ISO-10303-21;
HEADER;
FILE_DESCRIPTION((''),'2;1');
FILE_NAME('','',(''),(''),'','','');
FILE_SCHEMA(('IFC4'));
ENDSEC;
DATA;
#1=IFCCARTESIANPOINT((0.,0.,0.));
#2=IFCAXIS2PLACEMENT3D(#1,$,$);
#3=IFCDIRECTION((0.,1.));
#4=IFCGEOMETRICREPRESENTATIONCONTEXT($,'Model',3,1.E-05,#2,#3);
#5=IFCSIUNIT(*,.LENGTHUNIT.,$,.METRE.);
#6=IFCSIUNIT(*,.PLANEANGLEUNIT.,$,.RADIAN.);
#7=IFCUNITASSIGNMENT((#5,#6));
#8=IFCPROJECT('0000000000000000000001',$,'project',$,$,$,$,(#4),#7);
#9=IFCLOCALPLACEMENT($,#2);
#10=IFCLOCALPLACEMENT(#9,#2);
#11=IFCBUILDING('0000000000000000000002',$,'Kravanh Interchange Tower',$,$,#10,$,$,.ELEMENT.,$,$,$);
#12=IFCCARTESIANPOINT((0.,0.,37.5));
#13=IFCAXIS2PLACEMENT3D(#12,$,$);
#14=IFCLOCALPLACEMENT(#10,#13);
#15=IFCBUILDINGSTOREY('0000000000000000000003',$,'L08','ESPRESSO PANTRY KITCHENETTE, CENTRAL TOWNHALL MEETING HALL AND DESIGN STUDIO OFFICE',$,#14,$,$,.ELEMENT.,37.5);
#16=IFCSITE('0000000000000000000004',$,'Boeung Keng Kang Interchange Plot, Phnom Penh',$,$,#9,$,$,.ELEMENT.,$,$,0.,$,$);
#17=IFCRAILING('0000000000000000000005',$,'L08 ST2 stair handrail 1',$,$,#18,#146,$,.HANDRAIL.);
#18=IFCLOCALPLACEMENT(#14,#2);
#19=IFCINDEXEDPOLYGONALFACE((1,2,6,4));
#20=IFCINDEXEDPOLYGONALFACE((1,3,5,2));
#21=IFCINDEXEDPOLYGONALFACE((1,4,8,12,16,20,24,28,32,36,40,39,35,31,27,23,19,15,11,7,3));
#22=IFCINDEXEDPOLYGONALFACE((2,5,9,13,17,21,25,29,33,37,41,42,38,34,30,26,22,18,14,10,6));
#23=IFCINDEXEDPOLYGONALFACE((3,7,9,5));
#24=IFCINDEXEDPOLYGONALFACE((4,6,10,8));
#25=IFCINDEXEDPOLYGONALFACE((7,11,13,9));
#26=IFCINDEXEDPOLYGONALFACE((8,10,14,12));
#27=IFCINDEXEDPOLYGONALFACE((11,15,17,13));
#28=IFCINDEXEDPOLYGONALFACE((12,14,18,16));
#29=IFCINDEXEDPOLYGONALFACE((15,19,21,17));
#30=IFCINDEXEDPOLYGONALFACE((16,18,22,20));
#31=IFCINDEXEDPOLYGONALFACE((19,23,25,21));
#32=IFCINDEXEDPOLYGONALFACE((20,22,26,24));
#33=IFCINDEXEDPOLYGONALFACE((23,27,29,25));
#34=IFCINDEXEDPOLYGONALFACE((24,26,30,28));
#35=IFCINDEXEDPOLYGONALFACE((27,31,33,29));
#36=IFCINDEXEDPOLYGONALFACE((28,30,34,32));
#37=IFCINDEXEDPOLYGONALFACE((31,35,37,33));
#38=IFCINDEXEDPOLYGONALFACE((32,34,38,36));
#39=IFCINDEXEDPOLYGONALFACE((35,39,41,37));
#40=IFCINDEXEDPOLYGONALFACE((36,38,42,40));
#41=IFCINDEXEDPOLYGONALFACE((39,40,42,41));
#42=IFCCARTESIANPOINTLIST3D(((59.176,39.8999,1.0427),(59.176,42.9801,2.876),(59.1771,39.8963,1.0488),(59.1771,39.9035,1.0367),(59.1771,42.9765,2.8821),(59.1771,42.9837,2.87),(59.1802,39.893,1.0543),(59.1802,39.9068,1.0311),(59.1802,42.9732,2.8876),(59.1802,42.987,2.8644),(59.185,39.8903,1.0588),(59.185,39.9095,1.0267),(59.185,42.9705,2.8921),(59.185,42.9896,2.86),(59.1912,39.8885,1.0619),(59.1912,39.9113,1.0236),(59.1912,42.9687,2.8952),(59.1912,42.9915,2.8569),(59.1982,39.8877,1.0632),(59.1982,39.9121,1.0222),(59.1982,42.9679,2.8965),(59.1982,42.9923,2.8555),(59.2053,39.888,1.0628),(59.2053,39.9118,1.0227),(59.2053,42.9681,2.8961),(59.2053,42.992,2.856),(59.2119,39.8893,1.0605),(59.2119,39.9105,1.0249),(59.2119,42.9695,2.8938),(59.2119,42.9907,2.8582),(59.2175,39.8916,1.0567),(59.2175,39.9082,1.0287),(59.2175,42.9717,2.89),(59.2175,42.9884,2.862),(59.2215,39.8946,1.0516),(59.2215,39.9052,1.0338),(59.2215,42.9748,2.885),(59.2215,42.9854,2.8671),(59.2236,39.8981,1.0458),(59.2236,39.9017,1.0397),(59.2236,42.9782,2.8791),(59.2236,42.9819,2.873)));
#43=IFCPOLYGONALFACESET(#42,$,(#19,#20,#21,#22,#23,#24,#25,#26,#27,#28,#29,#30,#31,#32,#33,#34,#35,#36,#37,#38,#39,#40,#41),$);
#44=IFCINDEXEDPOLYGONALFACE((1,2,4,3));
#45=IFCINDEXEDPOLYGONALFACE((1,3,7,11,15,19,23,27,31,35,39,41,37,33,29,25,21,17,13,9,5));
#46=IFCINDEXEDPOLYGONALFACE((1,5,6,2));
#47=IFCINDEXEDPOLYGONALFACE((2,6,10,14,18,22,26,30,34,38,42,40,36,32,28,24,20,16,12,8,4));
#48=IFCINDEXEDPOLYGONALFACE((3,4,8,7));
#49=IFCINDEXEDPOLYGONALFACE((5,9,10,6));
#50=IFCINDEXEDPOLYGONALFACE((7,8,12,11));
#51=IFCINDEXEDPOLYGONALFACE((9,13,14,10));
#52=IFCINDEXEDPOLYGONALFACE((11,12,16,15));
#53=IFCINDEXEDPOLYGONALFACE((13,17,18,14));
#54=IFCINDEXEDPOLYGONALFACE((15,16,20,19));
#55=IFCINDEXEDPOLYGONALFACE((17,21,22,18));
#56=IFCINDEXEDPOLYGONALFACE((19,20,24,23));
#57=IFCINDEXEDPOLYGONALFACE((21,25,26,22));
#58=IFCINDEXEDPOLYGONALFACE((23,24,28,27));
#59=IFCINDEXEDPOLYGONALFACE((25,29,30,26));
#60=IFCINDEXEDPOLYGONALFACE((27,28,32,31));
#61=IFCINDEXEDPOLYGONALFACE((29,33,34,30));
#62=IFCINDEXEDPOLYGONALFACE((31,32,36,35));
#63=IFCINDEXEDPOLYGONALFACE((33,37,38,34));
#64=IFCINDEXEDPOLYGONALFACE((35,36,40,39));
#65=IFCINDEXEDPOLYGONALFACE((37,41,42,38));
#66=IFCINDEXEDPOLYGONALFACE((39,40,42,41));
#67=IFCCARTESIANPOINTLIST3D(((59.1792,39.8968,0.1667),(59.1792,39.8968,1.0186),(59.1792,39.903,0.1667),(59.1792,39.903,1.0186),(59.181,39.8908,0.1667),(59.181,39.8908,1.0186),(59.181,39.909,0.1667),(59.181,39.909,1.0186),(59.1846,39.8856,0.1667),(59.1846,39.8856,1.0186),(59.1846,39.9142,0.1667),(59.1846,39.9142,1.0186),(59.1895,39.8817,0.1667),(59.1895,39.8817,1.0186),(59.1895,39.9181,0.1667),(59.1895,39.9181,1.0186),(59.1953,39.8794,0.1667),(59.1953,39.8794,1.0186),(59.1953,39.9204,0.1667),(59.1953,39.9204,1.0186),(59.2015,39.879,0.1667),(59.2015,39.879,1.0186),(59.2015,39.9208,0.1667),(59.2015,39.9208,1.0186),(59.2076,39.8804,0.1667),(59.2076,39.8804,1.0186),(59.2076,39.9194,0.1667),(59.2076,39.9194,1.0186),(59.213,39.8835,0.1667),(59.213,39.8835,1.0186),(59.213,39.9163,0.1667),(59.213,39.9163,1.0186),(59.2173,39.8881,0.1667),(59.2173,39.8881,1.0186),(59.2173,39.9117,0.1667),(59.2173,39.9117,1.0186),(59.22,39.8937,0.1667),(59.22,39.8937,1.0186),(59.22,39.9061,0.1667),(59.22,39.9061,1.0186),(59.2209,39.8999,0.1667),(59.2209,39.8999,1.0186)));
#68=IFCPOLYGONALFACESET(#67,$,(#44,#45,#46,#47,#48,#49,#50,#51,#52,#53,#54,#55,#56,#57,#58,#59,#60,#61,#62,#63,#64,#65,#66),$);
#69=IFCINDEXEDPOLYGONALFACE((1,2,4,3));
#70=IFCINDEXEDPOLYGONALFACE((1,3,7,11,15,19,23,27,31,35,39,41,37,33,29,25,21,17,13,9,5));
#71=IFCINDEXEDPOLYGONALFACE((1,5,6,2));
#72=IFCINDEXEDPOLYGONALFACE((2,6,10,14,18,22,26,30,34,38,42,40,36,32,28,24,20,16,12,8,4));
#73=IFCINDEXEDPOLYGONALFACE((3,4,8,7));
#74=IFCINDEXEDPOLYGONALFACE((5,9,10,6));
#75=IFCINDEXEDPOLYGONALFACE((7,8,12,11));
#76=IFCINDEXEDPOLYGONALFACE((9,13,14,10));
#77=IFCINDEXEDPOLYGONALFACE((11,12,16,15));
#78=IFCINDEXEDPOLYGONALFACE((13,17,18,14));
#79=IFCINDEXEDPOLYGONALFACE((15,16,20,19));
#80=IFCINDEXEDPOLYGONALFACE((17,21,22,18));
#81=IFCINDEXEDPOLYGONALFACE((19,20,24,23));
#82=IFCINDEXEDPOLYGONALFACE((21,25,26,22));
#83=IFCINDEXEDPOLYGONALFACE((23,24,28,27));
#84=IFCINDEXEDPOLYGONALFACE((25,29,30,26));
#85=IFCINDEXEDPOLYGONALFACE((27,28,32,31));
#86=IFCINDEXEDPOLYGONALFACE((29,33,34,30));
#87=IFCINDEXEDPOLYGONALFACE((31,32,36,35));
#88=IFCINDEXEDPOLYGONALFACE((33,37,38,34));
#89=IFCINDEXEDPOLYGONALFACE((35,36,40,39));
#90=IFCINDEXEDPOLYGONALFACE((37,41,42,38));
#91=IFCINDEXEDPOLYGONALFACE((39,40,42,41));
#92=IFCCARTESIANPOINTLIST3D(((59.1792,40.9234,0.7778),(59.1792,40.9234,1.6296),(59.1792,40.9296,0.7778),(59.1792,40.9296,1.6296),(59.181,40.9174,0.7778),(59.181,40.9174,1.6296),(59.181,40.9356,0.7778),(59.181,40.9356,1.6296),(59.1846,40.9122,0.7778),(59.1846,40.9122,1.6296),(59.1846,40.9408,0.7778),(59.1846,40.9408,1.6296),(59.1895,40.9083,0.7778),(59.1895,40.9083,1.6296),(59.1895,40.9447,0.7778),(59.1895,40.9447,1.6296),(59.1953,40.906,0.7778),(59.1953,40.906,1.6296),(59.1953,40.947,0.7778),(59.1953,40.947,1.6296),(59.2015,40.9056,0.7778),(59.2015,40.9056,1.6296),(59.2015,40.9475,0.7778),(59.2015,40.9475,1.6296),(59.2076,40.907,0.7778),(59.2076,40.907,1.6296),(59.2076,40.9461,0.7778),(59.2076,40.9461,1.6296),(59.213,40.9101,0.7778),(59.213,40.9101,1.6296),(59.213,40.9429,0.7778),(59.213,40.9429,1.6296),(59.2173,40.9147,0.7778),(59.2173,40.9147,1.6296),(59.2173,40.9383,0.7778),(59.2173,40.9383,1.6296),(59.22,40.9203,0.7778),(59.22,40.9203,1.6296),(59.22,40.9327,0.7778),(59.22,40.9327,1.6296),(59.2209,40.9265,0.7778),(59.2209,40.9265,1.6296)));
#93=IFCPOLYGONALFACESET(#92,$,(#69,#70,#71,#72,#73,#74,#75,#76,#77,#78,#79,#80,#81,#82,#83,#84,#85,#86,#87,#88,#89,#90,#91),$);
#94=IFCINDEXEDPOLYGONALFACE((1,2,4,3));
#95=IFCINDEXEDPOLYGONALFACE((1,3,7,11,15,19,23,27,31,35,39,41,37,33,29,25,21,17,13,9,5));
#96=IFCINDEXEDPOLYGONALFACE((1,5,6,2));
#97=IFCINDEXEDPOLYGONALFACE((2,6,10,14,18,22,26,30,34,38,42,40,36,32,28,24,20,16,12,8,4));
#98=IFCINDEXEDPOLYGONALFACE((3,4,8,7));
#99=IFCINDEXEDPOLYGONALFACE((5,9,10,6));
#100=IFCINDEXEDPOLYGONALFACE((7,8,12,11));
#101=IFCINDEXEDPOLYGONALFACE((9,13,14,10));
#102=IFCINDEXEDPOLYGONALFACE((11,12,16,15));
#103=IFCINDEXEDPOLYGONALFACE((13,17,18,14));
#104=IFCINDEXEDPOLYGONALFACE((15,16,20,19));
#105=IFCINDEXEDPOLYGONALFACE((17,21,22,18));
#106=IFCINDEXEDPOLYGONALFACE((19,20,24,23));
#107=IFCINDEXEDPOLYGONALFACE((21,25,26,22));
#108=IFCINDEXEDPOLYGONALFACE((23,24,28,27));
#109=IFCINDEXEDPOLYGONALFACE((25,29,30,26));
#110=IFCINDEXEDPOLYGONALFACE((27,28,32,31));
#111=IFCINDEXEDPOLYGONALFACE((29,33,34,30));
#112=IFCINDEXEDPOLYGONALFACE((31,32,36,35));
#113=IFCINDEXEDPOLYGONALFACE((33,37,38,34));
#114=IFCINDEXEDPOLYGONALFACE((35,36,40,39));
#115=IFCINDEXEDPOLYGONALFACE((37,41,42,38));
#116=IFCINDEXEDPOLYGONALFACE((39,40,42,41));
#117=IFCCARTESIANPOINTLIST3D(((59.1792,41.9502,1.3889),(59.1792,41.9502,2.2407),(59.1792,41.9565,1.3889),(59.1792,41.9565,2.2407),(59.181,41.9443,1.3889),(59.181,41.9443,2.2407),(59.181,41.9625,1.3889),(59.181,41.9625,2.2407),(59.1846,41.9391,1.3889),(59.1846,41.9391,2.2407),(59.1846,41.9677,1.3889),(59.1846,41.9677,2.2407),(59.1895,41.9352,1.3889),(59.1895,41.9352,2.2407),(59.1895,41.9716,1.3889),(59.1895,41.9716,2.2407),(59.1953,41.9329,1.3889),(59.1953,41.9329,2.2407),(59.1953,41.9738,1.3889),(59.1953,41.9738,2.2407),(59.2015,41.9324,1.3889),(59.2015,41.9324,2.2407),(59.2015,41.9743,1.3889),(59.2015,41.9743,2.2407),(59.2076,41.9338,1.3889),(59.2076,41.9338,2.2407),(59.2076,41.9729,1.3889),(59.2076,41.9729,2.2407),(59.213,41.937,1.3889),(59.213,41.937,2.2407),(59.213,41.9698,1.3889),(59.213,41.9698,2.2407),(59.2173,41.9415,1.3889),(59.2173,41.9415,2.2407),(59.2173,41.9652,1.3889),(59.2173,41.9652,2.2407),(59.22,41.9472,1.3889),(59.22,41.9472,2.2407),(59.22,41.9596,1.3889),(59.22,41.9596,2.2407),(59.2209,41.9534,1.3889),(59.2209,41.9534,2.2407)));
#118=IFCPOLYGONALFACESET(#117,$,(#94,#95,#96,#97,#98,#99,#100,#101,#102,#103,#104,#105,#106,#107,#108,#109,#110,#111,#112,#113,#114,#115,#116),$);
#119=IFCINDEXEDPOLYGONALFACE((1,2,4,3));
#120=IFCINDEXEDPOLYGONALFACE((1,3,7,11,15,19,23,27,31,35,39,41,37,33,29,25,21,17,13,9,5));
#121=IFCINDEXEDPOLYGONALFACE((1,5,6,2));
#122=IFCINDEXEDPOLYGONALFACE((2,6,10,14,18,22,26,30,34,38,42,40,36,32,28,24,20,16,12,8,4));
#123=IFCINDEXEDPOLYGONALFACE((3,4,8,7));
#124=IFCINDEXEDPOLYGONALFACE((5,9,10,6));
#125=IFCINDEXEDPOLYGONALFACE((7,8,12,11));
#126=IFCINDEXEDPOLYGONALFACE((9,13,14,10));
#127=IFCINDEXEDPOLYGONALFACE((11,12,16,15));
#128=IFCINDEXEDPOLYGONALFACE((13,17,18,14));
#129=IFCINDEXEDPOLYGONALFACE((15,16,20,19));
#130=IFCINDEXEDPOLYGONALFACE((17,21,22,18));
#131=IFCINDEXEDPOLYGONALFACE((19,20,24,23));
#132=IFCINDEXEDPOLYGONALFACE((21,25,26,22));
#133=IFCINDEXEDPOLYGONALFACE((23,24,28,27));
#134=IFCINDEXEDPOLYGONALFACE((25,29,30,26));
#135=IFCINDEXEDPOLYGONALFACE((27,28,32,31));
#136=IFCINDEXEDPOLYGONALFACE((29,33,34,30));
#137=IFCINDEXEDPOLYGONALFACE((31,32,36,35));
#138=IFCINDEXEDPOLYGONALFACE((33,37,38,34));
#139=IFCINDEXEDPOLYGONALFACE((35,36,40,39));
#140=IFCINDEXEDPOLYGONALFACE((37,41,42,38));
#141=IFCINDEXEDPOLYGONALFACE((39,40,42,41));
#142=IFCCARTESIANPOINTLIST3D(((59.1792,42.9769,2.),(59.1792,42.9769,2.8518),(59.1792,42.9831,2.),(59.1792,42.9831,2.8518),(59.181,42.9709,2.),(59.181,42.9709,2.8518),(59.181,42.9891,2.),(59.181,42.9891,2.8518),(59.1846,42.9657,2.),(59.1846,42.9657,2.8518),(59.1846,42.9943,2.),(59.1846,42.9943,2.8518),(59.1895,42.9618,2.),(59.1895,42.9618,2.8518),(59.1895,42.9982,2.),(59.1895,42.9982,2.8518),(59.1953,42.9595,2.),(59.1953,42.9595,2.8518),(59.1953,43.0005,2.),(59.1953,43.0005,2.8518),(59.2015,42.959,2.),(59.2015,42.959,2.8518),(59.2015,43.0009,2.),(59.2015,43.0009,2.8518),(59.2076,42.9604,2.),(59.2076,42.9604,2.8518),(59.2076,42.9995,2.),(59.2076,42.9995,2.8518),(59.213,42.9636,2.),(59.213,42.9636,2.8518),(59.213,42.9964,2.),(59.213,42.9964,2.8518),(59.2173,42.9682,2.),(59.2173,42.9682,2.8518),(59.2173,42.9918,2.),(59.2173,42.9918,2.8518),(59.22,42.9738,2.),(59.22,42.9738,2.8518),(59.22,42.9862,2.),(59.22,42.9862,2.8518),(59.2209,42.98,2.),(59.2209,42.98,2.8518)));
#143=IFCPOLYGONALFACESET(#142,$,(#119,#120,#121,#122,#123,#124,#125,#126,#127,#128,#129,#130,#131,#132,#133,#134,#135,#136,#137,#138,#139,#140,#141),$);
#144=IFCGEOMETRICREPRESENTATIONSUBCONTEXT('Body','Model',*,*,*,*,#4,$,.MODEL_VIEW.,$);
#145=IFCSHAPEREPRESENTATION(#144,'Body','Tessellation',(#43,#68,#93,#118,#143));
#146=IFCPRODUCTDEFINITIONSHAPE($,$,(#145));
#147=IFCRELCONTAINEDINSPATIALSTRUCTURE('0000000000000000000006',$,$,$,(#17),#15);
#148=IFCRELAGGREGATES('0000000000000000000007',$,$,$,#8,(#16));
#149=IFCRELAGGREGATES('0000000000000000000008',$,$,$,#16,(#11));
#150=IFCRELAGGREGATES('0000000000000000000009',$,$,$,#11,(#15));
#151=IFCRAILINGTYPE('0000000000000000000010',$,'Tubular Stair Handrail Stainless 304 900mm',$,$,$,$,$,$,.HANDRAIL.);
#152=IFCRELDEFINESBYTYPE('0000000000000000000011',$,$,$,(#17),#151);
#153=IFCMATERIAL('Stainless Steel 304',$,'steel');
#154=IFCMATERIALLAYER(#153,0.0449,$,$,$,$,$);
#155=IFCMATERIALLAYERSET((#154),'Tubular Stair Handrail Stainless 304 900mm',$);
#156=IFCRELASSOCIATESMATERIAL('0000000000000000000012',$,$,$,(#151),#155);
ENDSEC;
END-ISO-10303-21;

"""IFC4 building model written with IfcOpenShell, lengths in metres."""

from ifc_helpers import new_model, si_unit, direction, frame, origin, origin_2d, place, context, subcontext, project, spatial, circle, extrude, material, layer, layer_set, type_object, element, save


model = new_model("IFC4")

# Units and contexts
model_context = context("Model", 3, precision=1e-05, world=origin(), true_north=direction((0.0, 1.0)))
body_context = subcontext(model_context, "Body", "Model", "MODEL_VIEW")
ifc_project = project(units=[si_unit("LENGTHUNIT", "METRE"), si_unit("PLANEANGLEUNIT", "RADIAN")], contexts=[model_context])

# Site, building, storey
site_placement = place(None, origin())
site = spatial("IfcSite", under=ifc_project, at=site_placement, Name="Boeung Keng Kang Interchange Plot, Phnom Penh", CompositionType="ELEMENT", RefElevation=0.0)
building_placement = place(site_placement, origin())
building = spatial("IfcBuilding", under=site, at=building_placement, Name="Kravanh Interchange Tower", CompositionType="ELEMENT")
storey_placement = place(building_placement, frame((0.0, 0.0, 37.5)))
storey = spatial("IfcBuildingStorey", under=building, at=storey_placement, Name="L08", Description="ESPRESSO PANTRY KITCHENETTE, CENTRAL TOWNHALL MEETING HALL AND DESIGN STUDIO OFFICE", CompositionType="ELEMENT", Elevation=37.5)

# Railing
ifc_material_1 = material(Name="Stainless Steel 304", Category="steel")
ifc_layer_1 = layer(ifc_material_1, 0.0449)
ifc_layer_set_1 = layer_set([ifc_layer_1], Name="Tubular Stair Handrail Stainless 304 900mm")
railing_type_1 = type_object("IfcRailingType", Name="Tubular Stair Handrail Stainless 304 900mm", PredefinedType="HANDRAIL", material=ifc_layer_set_1)
railing_1_placement = place(storey_placement, frame((59.2, 39.8999, 0.1667)))
element("IfcRailing", 1, at=railing_1_placement, inside=storey, type_object=railing_type_1, Name="L08 ST2 stair handrail 1", PredefinedType="HANDRAIL", context=body_context, shape_type="SweptSolid", body=[
    extrude(circle(Radius=0.0239, at=origin_2d()), frame((0.0, 0.0, 0.876), z_axis=(0.0, 0.859309, 0.511458), x_axis=(-1.0, 0.0, 0.0)), (0.0, 0.0, 1.0), 3.5845),
    extrude(circle(Radius=0.021, at=origin_2d()), origin(), (0.0, 0.0, 1.0), 0.8518),
    extrude(circle(Radius=0.021, at=origin_2d()), frame((0.0, 1.0266, 0.6111)), (0.0, 0.0, 1.0), 0.8518),
    extrude(circle(Radius=0.021, at=origin_2d()), frame((0.0, 2.0535, 1.2222)), (0.0, 0.0, 1.0), 0.8518),
    extrude(circle(Radius=0.021, at=origin_2d()), frame((0.0, 3.0801, 1.8333)), (0.0, 0.0, 1.0), 0.8518),
])

save(model, "model.ifc")
